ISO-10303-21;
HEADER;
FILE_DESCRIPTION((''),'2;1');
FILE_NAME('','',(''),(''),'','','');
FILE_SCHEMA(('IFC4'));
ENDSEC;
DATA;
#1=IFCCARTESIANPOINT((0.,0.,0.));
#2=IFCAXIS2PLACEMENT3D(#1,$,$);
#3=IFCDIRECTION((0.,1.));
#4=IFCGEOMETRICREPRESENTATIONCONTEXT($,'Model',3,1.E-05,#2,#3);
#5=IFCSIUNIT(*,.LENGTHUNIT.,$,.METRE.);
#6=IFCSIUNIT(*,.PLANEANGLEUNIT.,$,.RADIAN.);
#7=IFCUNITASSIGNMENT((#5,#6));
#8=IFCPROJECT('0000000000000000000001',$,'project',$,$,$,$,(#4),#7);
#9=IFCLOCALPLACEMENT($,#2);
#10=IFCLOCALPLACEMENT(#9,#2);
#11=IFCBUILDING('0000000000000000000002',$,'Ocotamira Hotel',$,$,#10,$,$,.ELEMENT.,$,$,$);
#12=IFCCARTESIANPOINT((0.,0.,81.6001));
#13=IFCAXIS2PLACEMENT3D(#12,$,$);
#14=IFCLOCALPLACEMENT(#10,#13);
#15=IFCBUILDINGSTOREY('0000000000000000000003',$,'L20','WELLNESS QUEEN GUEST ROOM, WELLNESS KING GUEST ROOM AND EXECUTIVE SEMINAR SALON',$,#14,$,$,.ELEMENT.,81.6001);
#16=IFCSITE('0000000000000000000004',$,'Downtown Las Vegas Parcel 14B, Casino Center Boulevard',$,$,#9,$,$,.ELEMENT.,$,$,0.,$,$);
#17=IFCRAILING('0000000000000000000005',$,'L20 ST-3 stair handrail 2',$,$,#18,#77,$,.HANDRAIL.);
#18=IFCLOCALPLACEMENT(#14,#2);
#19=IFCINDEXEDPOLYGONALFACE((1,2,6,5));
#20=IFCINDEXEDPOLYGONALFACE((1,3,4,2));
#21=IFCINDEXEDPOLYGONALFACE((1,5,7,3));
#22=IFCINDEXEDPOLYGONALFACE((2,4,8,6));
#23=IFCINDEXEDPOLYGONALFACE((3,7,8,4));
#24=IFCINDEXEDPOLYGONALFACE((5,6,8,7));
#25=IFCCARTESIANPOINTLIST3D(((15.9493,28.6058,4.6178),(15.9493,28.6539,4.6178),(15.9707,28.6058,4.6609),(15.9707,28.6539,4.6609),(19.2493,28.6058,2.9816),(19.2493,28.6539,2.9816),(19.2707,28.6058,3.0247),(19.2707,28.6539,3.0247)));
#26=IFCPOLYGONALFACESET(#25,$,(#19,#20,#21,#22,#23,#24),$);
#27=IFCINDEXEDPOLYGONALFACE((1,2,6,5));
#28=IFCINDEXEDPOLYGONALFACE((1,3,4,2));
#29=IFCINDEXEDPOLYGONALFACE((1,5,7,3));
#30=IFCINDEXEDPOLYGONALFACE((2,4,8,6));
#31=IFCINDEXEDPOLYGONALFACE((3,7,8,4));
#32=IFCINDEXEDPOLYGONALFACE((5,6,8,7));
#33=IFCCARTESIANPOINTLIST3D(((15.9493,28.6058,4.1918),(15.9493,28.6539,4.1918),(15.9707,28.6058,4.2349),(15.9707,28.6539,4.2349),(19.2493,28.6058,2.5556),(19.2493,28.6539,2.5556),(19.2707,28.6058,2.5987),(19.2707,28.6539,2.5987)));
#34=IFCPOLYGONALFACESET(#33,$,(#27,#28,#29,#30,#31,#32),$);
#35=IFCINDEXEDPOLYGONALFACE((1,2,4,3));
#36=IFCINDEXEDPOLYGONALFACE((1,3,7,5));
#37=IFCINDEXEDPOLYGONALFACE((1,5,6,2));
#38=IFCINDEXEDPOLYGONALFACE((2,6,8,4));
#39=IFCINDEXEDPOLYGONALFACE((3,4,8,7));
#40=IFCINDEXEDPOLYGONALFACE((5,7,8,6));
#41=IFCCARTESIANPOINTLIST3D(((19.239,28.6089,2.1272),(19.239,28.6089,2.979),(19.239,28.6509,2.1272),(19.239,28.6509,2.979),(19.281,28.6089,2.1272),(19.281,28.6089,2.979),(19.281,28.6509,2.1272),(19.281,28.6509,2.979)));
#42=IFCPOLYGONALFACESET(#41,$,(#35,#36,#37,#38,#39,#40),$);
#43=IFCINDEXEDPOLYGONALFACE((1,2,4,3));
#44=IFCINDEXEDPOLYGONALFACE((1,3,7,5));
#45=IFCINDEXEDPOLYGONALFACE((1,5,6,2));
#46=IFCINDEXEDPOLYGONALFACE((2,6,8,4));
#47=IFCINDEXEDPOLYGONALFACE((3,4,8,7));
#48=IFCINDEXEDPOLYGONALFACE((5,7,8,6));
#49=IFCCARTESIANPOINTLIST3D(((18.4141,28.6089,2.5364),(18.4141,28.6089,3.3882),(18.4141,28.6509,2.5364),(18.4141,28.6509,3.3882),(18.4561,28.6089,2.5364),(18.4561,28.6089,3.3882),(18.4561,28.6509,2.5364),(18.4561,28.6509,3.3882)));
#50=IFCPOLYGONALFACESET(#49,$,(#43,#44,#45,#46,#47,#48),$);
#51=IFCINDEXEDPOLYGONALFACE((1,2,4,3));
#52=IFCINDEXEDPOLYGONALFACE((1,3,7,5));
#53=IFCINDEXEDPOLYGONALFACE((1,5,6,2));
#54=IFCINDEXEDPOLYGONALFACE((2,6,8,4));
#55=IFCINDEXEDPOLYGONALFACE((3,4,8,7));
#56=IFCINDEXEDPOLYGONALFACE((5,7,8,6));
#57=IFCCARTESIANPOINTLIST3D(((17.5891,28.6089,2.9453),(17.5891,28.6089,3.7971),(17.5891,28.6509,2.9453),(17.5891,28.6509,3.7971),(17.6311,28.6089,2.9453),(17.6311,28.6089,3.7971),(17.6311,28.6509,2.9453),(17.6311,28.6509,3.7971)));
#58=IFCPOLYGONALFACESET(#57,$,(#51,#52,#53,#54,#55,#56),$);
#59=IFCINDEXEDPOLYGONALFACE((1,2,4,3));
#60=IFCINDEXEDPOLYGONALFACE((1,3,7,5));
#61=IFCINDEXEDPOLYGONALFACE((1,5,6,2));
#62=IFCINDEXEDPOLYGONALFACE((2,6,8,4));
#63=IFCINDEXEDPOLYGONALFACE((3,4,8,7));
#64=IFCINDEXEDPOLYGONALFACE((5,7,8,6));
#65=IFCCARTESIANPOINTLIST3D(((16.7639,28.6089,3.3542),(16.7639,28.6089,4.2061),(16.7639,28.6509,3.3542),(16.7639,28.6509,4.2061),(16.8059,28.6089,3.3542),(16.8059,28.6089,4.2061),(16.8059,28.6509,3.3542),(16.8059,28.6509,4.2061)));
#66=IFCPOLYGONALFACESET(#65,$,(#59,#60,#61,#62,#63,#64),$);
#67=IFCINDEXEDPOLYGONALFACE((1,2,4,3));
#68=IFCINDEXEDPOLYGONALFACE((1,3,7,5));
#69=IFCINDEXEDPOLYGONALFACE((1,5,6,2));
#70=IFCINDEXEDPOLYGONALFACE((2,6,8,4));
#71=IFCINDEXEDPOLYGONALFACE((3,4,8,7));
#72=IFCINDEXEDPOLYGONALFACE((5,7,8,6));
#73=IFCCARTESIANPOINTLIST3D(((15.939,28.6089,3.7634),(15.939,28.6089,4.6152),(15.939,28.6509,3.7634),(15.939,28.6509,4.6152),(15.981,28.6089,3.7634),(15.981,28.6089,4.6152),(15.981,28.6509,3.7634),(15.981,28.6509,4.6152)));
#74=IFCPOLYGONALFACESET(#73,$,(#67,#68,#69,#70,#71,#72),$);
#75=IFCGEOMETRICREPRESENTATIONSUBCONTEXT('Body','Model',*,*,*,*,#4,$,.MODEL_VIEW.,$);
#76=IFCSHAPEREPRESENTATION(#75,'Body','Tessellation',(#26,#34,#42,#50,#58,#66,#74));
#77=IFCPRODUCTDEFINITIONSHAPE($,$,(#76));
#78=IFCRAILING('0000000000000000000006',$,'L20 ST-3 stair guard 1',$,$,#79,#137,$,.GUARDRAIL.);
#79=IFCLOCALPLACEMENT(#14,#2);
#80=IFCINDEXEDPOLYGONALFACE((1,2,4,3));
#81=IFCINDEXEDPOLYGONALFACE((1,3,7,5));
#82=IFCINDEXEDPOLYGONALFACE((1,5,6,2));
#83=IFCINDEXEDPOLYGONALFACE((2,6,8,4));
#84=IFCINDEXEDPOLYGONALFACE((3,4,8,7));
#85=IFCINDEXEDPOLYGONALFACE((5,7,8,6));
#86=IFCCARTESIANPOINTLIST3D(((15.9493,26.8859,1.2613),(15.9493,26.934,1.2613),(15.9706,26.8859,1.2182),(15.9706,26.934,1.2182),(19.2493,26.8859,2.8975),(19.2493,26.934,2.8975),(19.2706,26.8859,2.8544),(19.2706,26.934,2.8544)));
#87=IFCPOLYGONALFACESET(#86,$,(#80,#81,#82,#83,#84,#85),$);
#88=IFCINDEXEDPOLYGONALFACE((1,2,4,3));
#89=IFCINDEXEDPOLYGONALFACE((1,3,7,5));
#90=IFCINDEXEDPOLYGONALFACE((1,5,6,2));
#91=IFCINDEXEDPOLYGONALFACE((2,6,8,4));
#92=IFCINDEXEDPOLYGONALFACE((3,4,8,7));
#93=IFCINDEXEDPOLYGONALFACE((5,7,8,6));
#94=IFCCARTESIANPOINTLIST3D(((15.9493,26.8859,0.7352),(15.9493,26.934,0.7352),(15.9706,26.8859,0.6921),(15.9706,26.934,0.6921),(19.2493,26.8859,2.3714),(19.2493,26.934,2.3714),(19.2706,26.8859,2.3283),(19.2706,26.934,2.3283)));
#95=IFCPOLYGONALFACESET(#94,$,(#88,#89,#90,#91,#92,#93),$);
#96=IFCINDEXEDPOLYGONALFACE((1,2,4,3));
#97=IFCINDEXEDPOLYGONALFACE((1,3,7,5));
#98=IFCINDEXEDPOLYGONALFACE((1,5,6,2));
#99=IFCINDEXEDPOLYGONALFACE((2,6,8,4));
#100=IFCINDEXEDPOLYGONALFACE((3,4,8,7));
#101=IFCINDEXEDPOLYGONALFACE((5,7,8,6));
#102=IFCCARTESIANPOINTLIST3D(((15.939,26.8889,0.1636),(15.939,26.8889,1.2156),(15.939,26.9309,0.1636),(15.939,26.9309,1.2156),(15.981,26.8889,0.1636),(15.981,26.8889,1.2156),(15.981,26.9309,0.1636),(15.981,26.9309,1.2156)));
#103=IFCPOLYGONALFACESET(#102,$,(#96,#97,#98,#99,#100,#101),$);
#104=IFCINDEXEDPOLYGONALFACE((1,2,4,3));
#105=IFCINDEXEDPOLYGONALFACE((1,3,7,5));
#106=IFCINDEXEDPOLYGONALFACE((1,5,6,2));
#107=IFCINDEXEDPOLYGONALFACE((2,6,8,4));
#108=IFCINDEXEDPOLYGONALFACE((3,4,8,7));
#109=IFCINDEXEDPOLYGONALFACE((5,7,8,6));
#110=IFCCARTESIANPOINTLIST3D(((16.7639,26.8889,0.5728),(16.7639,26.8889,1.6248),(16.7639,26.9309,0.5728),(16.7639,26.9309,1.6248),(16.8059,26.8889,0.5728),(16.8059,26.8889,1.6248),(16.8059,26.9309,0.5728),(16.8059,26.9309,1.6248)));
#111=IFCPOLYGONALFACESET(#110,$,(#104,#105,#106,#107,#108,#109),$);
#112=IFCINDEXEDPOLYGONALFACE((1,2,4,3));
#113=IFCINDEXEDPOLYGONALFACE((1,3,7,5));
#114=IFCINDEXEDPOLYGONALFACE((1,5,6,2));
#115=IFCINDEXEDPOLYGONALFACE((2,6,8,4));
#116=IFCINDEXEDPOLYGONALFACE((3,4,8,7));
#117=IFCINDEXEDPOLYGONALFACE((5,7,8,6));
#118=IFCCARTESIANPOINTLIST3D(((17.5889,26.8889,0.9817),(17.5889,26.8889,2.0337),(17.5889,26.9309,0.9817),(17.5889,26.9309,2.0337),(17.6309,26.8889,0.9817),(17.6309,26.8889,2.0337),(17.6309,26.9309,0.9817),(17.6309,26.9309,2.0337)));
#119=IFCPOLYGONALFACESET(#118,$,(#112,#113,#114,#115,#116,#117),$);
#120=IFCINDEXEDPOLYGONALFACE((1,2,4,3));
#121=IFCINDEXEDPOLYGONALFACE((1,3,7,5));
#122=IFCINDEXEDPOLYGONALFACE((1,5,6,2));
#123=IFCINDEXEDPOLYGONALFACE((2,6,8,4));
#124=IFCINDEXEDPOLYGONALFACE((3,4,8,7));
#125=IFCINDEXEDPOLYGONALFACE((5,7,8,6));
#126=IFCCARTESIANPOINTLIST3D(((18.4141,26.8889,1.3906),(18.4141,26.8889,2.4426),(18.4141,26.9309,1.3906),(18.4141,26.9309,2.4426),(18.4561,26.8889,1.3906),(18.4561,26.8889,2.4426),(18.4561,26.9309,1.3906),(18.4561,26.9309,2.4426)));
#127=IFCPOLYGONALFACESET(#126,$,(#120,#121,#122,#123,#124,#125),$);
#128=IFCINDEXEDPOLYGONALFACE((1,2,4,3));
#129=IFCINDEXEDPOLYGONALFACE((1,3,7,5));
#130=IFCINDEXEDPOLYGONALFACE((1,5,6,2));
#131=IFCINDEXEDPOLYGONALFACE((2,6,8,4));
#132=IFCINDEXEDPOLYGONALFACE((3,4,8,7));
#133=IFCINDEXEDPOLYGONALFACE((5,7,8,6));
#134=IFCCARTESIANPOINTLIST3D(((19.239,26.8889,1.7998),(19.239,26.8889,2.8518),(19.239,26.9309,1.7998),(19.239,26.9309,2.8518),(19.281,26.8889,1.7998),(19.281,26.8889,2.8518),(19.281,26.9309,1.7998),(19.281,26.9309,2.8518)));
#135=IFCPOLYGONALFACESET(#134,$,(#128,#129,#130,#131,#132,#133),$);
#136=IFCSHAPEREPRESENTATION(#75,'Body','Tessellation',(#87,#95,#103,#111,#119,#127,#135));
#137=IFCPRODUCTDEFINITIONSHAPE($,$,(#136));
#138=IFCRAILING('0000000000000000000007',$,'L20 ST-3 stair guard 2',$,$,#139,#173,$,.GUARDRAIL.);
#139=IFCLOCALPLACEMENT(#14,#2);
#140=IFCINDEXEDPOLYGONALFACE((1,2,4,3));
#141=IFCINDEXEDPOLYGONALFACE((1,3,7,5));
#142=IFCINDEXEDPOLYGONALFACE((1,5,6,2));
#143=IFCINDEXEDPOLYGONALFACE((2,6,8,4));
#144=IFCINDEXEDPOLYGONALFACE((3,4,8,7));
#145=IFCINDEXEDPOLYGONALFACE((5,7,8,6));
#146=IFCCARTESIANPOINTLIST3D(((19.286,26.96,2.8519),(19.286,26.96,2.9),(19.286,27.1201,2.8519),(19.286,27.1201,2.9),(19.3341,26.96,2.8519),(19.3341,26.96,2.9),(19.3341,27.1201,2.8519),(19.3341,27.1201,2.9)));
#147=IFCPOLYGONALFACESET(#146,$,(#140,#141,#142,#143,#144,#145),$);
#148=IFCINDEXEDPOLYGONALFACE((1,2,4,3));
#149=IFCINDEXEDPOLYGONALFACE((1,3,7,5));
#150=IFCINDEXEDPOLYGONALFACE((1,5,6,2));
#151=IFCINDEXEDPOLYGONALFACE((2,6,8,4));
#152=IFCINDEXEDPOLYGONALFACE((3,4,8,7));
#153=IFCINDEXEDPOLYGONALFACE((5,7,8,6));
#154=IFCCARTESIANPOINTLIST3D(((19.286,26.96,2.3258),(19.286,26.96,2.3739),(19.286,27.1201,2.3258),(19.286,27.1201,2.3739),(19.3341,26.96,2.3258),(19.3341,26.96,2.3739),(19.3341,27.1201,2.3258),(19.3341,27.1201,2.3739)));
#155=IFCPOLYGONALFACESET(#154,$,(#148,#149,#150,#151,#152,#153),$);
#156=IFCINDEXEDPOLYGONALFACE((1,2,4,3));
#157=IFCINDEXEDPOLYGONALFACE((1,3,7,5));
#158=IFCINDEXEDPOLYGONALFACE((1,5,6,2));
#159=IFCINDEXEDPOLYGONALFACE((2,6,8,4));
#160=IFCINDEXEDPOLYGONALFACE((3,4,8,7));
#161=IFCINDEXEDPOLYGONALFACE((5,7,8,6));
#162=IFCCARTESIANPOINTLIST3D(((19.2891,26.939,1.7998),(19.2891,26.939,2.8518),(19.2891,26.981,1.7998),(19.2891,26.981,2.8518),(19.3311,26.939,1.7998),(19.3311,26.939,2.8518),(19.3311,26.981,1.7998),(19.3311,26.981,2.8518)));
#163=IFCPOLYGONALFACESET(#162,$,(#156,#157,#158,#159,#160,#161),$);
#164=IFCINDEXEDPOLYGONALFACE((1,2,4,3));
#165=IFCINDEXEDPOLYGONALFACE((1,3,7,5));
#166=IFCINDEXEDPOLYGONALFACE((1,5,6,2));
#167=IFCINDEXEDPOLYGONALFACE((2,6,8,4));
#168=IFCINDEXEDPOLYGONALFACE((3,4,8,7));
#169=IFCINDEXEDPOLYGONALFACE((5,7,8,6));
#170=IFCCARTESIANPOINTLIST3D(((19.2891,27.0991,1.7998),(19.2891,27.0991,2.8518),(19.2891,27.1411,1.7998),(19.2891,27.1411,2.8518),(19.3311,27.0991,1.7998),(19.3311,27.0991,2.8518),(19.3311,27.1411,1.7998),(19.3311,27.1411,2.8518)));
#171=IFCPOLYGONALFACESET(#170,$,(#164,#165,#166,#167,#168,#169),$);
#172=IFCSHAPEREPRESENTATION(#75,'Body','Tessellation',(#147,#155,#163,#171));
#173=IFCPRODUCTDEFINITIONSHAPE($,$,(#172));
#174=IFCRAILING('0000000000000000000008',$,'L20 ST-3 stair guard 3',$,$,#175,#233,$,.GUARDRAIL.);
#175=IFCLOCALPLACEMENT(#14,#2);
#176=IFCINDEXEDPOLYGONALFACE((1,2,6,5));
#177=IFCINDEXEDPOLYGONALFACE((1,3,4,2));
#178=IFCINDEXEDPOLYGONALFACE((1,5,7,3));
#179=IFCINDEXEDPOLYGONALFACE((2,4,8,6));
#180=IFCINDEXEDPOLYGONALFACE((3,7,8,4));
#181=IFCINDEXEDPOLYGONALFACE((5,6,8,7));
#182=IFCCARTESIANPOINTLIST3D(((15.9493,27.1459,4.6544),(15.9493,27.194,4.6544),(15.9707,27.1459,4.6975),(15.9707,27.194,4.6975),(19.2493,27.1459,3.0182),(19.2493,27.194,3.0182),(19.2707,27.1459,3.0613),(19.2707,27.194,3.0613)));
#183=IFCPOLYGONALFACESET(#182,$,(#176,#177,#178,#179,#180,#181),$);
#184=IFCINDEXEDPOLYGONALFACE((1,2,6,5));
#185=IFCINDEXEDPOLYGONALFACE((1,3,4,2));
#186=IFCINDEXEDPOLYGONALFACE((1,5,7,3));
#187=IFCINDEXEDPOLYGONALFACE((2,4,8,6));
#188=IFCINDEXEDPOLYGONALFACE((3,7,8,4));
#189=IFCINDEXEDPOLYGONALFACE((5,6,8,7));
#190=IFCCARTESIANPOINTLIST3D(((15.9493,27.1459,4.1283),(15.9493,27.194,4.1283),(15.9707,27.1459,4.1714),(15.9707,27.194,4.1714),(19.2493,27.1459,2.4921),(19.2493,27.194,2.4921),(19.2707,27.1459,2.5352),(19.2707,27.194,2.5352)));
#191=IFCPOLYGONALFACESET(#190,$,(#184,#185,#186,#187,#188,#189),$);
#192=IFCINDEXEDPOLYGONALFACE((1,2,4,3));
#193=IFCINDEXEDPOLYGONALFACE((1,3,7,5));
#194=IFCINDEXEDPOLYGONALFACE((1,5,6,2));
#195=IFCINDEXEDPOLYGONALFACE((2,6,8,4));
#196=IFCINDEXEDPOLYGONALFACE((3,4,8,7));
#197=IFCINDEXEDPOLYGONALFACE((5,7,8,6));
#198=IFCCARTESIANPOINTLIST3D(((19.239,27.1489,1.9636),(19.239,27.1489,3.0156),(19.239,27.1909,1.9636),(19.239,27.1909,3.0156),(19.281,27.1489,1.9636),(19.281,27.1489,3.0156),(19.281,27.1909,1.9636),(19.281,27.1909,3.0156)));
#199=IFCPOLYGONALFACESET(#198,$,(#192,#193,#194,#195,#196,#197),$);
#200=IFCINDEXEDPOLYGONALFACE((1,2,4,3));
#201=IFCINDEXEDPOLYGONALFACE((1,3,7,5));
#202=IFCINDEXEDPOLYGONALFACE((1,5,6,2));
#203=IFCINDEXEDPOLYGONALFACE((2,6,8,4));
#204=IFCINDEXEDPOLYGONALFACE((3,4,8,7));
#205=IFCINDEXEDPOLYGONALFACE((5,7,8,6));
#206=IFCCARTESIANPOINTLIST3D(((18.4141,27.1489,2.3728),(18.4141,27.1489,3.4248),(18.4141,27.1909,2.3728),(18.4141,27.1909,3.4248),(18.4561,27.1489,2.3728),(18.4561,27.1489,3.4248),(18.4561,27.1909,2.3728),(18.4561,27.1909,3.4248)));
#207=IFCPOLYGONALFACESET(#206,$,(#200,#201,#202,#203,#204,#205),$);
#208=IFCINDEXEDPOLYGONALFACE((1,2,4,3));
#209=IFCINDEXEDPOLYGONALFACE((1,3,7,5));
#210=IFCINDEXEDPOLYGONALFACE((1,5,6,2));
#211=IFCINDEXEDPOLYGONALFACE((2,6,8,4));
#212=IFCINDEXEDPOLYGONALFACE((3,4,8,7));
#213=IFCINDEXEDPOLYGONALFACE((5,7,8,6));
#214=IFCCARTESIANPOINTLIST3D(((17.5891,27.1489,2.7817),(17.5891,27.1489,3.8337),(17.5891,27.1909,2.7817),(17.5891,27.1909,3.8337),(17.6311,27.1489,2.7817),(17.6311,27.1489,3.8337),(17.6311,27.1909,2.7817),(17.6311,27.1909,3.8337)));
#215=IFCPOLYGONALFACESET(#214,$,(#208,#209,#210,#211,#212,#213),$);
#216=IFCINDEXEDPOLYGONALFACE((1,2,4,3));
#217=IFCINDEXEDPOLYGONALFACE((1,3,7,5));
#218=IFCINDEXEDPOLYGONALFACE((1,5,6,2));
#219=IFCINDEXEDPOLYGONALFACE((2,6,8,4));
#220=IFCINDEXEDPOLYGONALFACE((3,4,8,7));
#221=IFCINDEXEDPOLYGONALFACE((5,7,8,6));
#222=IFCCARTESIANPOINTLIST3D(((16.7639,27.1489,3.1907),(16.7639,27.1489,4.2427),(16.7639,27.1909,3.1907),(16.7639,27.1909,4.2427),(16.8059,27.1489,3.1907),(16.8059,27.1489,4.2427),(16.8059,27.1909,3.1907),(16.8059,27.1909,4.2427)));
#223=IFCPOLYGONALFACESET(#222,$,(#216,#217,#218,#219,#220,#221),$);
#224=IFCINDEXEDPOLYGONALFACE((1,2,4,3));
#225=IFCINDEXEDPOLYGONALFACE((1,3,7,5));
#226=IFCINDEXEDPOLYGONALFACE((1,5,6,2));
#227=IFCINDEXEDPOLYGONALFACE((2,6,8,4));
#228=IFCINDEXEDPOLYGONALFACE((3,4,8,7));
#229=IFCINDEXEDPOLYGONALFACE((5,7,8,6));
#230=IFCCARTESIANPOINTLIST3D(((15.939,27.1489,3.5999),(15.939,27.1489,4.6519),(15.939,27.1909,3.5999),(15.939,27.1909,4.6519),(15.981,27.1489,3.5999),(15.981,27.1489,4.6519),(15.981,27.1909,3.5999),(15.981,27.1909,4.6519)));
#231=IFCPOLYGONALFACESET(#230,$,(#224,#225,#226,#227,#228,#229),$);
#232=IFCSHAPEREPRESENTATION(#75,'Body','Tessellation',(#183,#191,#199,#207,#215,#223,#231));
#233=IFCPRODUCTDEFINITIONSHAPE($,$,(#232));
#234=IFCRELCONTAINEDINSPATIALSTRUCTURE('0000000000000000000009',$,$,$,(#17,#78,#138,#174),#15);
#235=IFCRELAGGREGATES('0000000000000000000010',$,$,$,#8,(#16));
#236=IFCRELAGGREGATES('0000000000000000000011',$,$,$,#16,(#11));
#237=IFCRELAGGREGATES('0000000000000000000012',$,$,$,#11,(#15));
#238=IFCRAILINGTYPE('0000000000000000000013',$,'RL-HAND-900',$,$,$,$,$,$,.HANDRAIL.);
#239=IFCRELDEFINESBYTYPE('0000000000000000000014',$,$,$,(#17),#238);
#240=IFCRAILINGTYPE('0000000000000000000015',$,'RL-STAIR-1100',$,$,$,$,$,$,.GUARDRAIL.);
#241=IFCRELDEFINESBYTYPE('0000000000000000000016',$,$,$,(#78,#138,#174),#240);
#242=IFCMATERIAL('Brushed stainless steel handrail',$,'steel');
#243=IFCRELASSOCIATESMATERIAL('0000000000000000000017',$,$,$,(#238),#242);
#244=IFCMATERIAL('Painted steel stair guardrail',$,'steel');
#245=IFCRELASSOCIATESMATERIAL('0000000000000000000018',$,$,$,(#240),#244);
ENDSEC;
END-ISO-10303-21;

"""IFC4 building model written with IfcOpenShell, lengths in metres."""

from ifc_helpers import new_model, si_unit, direction, frame, origin, origin_2d, place, context, subcontext, project, spatial, rectangle, extrude, material, type_object, element, save


model = new_model("IFC4")

# Units and contexts
model_context = context("Model", 3, precision=1e-05, world=origin(), true_north=direction((0.0, 1.0)))
body_context = subcontext(model_context, "Body", "Model", "MODEL_VIEW")
ifc_project = project(units=[si_unit("LENGTHUNIT", "METRE"), si_unit("PLANEANGLEUNIT", "RADIAN")], contexts=[model_context])

# Site, building, storey
site_placement = place(None, origin())
site = spatial("IfcSite", under=ifc_project, at=site_placement, Name="Downtown Las Vegas Parcel 14B, Casino Center Boulevard", CompositionType="ELEMENT", RefElevation=0.0)
building_placement = place(site_placement, origin())
building = spatial("IfcBuilding", under=site, at=building_placement, Name="Ocotamira Hotel", CompositionType="ELEMENT")
storey_placement = place(building_placement, frame((0.0, 0.0, 81.6001)))
storey = spatial("IfcBuildingStorey", under=building, at=storey_placement, Name="L20", Description="WELLNESS QUEEN GUEST ROOM, WELLNESS KING GUEST ROOM AND EXECUTIVE SEMINAR SALON", CompositionType="ELEMENT", Elevation=81.6001)

# Railings
ifc_material_1 = material(Name="Brushed stainless steel handrail", Category="steel")
railing_type_1 = type_object("IfcRailingType", Name="RL-HAND-900", PredefinedType="HANDRAIL", material=ifc_material_1)
railing_1_placement = place(storey_placement, frame((19.26, 28.6299, 2.1272)))
element("IfcRailing", 1, at=railing_1_placement, inside=storey, type_object=railing_type_1, Name="L20 ST-3 stair handrail 2", PredefinedType="HANDRAIL", context=body_context, shape_type="SweptSolid", body=[
    extrude(rectangle(XDim=0.0481, YDim=0.0481, at=origin_2d()), frame((0.0, 0.0, 0.876), z_axis=(-0.89592, 0.0, 0.444215), x_axis=(0.0, -1.0, 0.0)), (0.0, 0.0, 1.0), 3.6833),
    extrude(rectangle(XDim=0.0481, YDim=0.0481, at=origin_2d()), frame((0.0, 0.0, 0.45), z_axis=(-0.89592, 0.0, 0.444215), x_axis=(0.0, -1.0, 0.0)), (0.0, 0.0, 1.0), 3.6833),
    extrude(rectangle(XDim=0.042, YDim=0.042, at=origin_2d()), origin(), (0.0, 0.0, 1.0), 0.8518),
    extrude(rectangle(XDim=0.042, YDim=0.042, at=origin_2d()), frame((-0.825, 0.0, 0.4092)), (0.0, 0.0, 1.0), 0.8518),
    extrude(rectangle(XDim=0.042, YDim=0.042, at=origin_2d()), frame((-1.6499, 0.0, 0.8181)), (0.0, 0.0, 1.0), 0.8518),
    extrude(rectangle(XDim=0.042, YDim=0.042, at=origin_2d()), frame((-2.4751, 0.0, 1.2271)), (0.0, 0.0, 1.0), 0.8518),
    extrude(rectangle(XDim=0.042, YDim=0.042, at=origin_2d()), frame((-3.3, 0.0, 1.6362)), (0.0, 0.0, 1.0), 0.8518),
])
ifc_material_2 = material(Name="Painted steel stair guardrail", Category="steel")
railing_type_2 = type_object("IfcRailingType", Name="RL-STAIR-1100", PredefinedType="GUARDRAIL", material=ifc_material_2)
railing_2_placement = place(storey_placement, frame((15.96, 26.9099, 0.1636)))
element("IfcRailing", 2, at=railing_2_placement, inside=storey, type_object=railing_type_2, Name="L20 ST-3 stair guard 1", PredefinedType="GUARDRAIL", context=body_context, shape_type="SweptSolid", body=[
    extrude(rectangle(XDim=0.0481, YDim=0.0481, at=origin_2d()), frame((0.0, 0.0, 1.0762), z_axis=(0.89592, 0.0, 0.444215), x_axis=(0.0, 1.0, 0.0)), (0.0, 0.0, 1.0), 3.6833),
    extrude(rectangle(XDim=0.0481, YDim=0.0481, at=origin_2d()), frame((0.0, 0.0, 0.55), z_axis=(0.89592, 0.0, 0.444215), x_axis=(0.0, 1.0, 0.0)), (0.0, 0.0, 1.0), 3.6833),
    extrude(rectangle(XDim=0.042, YDim=0.042, at=origin_2d()), origin(), (0.0, 0.0, 1.0), 1.052),
    extrude(rectangle(XDim=0.042, YDim=0.042, at=origin_2d()), frame((0.825, 0.0, 0.4092)), (0.0, 0.0, 1.0), 1.052),
    extrude(rectangle(XDim=0.042, YDim=0.042, at=origin_2d()), frame((1.6499, 0.0, 0.8181)), (0.0, 0.0, 1.0), 1.052),
    extrude(rectangle(XDim=0.042, YDim=0.042, at=origin_2d()), frame((2.4751, 0.0, 1.2271)), (0.0, 0.0, 1.0), 1.052),
    extrude(rectangle(XDim=0.042, YDim=0.042, at=origin_2d()), frame((3.3, 0.0, 1.6362)), (0.0, 0.0, 1.0), 1.052),
])
railing_3_placement = place(storey_placement, frame((19.3101, 26.96, 1.7998)))
element("IfcRailing", 3, at=railing_3_placement, inside=storey, type_object=railing_type_2, Name="L20 ST-3 stair guard 2", PredefinedType="GUARDRAIL", context=body_context, shape_type="SweptSolid", body=[
    extrude(rectangle(XDim=0.0481, YDim=0.0481, at=origin_2d()), frame((0.0, 0.0, 1.0762), z_axis=(0.0, 1.0, 0.0), x_axis=(-1.0, 0.0, 0.0)), (0.0, 0.0, 1.0), 0.1602),
    extrude(rectangle(XDim=0.0481, YDim=0.0481, at=origin_2d()), frame((0.0, 0.0, 0.55), z_axis=(0.0, 1.0, 0.0), x_axis=(-1.0, 0.0, 0.0)), (0.0, 0.0, 1.0), 0.1602),
    extrude(rectangle(XDim=0.042, YDim=0.042, at=origin_2d()), origin(), (0.0, 0.0, 1.0), 1.052),
    extrude(rectangle(XDim=0.042, YDim=0.042, at=origin_2d()), frame((0.0, 0.1602, 0.0)), (0.0, 0.0, 1.0), 1.052),
])
railing_4_placement = place(storey_placement, frame((19.26, 27.1699, 1.9636)))
element("IfcRailing", 4, at=railing_4_placement, inside=storey, type_object=railing_type_2, Name="L20 ST-3 stair guard 3", PredefinedType="GUARDRAIL", context=body_context, shape_type="SweptSolid", body=[
    extrude(rectangle(XDim=0.0481, YDim=0.0481, at=origin_2d()), frame((0.0, 0.0, 1.0762), z_axis=(-0.89592, 0.0, 0.444215), x_axis=(0.0, -1.0, 0.0)), (0.0, 0.0, 1.0), 3.6833),
    extrude(rectangle(XDim=0.0481, YDim=0.0481, at=origin_2d()), frame((0.0, 0.0, 0.55), z_axis=(-0.89592, 0.0, 0.444215), x_axis=(0.0, -1.0, 0.0)), (0.0, 0.0, 1.0), 3.6833),
    extrude(rectangle(XDim=0.042, YDim=0.042, at=origin_2d()), origin(), (0.0, 0.0, 1.0), 1.052),
    extrude(rectangle(XDim=0.042, YDim=0.042, at=origin_2d()), frame((-0.825, 0.0, 0.4092)), (0.0, 0.0, 1.0), 1.052),
    extrude(rectangle(XDim=0.042, YDim=0.042, at=origin_2d()), frame((-1.6499, 0.0, 0.8181)), (0.0, 0.0, 1.0), 1.052),
    extrude(rectangle(XDim=0.042, YDim=0.042, at=origin_2d()), frame((-2.4751, 0.0, 1.2271)), (0.0, 0.0, 1.0), 1.052),
    extrude(rectangle(XDim=0.042, YDim=0.042, at=origin_2d()), frame((-3.3, 0.0, 1.6362)), (0.0, 0.0, 1.0), 1.052),
])

save(model, "model.ifc")
